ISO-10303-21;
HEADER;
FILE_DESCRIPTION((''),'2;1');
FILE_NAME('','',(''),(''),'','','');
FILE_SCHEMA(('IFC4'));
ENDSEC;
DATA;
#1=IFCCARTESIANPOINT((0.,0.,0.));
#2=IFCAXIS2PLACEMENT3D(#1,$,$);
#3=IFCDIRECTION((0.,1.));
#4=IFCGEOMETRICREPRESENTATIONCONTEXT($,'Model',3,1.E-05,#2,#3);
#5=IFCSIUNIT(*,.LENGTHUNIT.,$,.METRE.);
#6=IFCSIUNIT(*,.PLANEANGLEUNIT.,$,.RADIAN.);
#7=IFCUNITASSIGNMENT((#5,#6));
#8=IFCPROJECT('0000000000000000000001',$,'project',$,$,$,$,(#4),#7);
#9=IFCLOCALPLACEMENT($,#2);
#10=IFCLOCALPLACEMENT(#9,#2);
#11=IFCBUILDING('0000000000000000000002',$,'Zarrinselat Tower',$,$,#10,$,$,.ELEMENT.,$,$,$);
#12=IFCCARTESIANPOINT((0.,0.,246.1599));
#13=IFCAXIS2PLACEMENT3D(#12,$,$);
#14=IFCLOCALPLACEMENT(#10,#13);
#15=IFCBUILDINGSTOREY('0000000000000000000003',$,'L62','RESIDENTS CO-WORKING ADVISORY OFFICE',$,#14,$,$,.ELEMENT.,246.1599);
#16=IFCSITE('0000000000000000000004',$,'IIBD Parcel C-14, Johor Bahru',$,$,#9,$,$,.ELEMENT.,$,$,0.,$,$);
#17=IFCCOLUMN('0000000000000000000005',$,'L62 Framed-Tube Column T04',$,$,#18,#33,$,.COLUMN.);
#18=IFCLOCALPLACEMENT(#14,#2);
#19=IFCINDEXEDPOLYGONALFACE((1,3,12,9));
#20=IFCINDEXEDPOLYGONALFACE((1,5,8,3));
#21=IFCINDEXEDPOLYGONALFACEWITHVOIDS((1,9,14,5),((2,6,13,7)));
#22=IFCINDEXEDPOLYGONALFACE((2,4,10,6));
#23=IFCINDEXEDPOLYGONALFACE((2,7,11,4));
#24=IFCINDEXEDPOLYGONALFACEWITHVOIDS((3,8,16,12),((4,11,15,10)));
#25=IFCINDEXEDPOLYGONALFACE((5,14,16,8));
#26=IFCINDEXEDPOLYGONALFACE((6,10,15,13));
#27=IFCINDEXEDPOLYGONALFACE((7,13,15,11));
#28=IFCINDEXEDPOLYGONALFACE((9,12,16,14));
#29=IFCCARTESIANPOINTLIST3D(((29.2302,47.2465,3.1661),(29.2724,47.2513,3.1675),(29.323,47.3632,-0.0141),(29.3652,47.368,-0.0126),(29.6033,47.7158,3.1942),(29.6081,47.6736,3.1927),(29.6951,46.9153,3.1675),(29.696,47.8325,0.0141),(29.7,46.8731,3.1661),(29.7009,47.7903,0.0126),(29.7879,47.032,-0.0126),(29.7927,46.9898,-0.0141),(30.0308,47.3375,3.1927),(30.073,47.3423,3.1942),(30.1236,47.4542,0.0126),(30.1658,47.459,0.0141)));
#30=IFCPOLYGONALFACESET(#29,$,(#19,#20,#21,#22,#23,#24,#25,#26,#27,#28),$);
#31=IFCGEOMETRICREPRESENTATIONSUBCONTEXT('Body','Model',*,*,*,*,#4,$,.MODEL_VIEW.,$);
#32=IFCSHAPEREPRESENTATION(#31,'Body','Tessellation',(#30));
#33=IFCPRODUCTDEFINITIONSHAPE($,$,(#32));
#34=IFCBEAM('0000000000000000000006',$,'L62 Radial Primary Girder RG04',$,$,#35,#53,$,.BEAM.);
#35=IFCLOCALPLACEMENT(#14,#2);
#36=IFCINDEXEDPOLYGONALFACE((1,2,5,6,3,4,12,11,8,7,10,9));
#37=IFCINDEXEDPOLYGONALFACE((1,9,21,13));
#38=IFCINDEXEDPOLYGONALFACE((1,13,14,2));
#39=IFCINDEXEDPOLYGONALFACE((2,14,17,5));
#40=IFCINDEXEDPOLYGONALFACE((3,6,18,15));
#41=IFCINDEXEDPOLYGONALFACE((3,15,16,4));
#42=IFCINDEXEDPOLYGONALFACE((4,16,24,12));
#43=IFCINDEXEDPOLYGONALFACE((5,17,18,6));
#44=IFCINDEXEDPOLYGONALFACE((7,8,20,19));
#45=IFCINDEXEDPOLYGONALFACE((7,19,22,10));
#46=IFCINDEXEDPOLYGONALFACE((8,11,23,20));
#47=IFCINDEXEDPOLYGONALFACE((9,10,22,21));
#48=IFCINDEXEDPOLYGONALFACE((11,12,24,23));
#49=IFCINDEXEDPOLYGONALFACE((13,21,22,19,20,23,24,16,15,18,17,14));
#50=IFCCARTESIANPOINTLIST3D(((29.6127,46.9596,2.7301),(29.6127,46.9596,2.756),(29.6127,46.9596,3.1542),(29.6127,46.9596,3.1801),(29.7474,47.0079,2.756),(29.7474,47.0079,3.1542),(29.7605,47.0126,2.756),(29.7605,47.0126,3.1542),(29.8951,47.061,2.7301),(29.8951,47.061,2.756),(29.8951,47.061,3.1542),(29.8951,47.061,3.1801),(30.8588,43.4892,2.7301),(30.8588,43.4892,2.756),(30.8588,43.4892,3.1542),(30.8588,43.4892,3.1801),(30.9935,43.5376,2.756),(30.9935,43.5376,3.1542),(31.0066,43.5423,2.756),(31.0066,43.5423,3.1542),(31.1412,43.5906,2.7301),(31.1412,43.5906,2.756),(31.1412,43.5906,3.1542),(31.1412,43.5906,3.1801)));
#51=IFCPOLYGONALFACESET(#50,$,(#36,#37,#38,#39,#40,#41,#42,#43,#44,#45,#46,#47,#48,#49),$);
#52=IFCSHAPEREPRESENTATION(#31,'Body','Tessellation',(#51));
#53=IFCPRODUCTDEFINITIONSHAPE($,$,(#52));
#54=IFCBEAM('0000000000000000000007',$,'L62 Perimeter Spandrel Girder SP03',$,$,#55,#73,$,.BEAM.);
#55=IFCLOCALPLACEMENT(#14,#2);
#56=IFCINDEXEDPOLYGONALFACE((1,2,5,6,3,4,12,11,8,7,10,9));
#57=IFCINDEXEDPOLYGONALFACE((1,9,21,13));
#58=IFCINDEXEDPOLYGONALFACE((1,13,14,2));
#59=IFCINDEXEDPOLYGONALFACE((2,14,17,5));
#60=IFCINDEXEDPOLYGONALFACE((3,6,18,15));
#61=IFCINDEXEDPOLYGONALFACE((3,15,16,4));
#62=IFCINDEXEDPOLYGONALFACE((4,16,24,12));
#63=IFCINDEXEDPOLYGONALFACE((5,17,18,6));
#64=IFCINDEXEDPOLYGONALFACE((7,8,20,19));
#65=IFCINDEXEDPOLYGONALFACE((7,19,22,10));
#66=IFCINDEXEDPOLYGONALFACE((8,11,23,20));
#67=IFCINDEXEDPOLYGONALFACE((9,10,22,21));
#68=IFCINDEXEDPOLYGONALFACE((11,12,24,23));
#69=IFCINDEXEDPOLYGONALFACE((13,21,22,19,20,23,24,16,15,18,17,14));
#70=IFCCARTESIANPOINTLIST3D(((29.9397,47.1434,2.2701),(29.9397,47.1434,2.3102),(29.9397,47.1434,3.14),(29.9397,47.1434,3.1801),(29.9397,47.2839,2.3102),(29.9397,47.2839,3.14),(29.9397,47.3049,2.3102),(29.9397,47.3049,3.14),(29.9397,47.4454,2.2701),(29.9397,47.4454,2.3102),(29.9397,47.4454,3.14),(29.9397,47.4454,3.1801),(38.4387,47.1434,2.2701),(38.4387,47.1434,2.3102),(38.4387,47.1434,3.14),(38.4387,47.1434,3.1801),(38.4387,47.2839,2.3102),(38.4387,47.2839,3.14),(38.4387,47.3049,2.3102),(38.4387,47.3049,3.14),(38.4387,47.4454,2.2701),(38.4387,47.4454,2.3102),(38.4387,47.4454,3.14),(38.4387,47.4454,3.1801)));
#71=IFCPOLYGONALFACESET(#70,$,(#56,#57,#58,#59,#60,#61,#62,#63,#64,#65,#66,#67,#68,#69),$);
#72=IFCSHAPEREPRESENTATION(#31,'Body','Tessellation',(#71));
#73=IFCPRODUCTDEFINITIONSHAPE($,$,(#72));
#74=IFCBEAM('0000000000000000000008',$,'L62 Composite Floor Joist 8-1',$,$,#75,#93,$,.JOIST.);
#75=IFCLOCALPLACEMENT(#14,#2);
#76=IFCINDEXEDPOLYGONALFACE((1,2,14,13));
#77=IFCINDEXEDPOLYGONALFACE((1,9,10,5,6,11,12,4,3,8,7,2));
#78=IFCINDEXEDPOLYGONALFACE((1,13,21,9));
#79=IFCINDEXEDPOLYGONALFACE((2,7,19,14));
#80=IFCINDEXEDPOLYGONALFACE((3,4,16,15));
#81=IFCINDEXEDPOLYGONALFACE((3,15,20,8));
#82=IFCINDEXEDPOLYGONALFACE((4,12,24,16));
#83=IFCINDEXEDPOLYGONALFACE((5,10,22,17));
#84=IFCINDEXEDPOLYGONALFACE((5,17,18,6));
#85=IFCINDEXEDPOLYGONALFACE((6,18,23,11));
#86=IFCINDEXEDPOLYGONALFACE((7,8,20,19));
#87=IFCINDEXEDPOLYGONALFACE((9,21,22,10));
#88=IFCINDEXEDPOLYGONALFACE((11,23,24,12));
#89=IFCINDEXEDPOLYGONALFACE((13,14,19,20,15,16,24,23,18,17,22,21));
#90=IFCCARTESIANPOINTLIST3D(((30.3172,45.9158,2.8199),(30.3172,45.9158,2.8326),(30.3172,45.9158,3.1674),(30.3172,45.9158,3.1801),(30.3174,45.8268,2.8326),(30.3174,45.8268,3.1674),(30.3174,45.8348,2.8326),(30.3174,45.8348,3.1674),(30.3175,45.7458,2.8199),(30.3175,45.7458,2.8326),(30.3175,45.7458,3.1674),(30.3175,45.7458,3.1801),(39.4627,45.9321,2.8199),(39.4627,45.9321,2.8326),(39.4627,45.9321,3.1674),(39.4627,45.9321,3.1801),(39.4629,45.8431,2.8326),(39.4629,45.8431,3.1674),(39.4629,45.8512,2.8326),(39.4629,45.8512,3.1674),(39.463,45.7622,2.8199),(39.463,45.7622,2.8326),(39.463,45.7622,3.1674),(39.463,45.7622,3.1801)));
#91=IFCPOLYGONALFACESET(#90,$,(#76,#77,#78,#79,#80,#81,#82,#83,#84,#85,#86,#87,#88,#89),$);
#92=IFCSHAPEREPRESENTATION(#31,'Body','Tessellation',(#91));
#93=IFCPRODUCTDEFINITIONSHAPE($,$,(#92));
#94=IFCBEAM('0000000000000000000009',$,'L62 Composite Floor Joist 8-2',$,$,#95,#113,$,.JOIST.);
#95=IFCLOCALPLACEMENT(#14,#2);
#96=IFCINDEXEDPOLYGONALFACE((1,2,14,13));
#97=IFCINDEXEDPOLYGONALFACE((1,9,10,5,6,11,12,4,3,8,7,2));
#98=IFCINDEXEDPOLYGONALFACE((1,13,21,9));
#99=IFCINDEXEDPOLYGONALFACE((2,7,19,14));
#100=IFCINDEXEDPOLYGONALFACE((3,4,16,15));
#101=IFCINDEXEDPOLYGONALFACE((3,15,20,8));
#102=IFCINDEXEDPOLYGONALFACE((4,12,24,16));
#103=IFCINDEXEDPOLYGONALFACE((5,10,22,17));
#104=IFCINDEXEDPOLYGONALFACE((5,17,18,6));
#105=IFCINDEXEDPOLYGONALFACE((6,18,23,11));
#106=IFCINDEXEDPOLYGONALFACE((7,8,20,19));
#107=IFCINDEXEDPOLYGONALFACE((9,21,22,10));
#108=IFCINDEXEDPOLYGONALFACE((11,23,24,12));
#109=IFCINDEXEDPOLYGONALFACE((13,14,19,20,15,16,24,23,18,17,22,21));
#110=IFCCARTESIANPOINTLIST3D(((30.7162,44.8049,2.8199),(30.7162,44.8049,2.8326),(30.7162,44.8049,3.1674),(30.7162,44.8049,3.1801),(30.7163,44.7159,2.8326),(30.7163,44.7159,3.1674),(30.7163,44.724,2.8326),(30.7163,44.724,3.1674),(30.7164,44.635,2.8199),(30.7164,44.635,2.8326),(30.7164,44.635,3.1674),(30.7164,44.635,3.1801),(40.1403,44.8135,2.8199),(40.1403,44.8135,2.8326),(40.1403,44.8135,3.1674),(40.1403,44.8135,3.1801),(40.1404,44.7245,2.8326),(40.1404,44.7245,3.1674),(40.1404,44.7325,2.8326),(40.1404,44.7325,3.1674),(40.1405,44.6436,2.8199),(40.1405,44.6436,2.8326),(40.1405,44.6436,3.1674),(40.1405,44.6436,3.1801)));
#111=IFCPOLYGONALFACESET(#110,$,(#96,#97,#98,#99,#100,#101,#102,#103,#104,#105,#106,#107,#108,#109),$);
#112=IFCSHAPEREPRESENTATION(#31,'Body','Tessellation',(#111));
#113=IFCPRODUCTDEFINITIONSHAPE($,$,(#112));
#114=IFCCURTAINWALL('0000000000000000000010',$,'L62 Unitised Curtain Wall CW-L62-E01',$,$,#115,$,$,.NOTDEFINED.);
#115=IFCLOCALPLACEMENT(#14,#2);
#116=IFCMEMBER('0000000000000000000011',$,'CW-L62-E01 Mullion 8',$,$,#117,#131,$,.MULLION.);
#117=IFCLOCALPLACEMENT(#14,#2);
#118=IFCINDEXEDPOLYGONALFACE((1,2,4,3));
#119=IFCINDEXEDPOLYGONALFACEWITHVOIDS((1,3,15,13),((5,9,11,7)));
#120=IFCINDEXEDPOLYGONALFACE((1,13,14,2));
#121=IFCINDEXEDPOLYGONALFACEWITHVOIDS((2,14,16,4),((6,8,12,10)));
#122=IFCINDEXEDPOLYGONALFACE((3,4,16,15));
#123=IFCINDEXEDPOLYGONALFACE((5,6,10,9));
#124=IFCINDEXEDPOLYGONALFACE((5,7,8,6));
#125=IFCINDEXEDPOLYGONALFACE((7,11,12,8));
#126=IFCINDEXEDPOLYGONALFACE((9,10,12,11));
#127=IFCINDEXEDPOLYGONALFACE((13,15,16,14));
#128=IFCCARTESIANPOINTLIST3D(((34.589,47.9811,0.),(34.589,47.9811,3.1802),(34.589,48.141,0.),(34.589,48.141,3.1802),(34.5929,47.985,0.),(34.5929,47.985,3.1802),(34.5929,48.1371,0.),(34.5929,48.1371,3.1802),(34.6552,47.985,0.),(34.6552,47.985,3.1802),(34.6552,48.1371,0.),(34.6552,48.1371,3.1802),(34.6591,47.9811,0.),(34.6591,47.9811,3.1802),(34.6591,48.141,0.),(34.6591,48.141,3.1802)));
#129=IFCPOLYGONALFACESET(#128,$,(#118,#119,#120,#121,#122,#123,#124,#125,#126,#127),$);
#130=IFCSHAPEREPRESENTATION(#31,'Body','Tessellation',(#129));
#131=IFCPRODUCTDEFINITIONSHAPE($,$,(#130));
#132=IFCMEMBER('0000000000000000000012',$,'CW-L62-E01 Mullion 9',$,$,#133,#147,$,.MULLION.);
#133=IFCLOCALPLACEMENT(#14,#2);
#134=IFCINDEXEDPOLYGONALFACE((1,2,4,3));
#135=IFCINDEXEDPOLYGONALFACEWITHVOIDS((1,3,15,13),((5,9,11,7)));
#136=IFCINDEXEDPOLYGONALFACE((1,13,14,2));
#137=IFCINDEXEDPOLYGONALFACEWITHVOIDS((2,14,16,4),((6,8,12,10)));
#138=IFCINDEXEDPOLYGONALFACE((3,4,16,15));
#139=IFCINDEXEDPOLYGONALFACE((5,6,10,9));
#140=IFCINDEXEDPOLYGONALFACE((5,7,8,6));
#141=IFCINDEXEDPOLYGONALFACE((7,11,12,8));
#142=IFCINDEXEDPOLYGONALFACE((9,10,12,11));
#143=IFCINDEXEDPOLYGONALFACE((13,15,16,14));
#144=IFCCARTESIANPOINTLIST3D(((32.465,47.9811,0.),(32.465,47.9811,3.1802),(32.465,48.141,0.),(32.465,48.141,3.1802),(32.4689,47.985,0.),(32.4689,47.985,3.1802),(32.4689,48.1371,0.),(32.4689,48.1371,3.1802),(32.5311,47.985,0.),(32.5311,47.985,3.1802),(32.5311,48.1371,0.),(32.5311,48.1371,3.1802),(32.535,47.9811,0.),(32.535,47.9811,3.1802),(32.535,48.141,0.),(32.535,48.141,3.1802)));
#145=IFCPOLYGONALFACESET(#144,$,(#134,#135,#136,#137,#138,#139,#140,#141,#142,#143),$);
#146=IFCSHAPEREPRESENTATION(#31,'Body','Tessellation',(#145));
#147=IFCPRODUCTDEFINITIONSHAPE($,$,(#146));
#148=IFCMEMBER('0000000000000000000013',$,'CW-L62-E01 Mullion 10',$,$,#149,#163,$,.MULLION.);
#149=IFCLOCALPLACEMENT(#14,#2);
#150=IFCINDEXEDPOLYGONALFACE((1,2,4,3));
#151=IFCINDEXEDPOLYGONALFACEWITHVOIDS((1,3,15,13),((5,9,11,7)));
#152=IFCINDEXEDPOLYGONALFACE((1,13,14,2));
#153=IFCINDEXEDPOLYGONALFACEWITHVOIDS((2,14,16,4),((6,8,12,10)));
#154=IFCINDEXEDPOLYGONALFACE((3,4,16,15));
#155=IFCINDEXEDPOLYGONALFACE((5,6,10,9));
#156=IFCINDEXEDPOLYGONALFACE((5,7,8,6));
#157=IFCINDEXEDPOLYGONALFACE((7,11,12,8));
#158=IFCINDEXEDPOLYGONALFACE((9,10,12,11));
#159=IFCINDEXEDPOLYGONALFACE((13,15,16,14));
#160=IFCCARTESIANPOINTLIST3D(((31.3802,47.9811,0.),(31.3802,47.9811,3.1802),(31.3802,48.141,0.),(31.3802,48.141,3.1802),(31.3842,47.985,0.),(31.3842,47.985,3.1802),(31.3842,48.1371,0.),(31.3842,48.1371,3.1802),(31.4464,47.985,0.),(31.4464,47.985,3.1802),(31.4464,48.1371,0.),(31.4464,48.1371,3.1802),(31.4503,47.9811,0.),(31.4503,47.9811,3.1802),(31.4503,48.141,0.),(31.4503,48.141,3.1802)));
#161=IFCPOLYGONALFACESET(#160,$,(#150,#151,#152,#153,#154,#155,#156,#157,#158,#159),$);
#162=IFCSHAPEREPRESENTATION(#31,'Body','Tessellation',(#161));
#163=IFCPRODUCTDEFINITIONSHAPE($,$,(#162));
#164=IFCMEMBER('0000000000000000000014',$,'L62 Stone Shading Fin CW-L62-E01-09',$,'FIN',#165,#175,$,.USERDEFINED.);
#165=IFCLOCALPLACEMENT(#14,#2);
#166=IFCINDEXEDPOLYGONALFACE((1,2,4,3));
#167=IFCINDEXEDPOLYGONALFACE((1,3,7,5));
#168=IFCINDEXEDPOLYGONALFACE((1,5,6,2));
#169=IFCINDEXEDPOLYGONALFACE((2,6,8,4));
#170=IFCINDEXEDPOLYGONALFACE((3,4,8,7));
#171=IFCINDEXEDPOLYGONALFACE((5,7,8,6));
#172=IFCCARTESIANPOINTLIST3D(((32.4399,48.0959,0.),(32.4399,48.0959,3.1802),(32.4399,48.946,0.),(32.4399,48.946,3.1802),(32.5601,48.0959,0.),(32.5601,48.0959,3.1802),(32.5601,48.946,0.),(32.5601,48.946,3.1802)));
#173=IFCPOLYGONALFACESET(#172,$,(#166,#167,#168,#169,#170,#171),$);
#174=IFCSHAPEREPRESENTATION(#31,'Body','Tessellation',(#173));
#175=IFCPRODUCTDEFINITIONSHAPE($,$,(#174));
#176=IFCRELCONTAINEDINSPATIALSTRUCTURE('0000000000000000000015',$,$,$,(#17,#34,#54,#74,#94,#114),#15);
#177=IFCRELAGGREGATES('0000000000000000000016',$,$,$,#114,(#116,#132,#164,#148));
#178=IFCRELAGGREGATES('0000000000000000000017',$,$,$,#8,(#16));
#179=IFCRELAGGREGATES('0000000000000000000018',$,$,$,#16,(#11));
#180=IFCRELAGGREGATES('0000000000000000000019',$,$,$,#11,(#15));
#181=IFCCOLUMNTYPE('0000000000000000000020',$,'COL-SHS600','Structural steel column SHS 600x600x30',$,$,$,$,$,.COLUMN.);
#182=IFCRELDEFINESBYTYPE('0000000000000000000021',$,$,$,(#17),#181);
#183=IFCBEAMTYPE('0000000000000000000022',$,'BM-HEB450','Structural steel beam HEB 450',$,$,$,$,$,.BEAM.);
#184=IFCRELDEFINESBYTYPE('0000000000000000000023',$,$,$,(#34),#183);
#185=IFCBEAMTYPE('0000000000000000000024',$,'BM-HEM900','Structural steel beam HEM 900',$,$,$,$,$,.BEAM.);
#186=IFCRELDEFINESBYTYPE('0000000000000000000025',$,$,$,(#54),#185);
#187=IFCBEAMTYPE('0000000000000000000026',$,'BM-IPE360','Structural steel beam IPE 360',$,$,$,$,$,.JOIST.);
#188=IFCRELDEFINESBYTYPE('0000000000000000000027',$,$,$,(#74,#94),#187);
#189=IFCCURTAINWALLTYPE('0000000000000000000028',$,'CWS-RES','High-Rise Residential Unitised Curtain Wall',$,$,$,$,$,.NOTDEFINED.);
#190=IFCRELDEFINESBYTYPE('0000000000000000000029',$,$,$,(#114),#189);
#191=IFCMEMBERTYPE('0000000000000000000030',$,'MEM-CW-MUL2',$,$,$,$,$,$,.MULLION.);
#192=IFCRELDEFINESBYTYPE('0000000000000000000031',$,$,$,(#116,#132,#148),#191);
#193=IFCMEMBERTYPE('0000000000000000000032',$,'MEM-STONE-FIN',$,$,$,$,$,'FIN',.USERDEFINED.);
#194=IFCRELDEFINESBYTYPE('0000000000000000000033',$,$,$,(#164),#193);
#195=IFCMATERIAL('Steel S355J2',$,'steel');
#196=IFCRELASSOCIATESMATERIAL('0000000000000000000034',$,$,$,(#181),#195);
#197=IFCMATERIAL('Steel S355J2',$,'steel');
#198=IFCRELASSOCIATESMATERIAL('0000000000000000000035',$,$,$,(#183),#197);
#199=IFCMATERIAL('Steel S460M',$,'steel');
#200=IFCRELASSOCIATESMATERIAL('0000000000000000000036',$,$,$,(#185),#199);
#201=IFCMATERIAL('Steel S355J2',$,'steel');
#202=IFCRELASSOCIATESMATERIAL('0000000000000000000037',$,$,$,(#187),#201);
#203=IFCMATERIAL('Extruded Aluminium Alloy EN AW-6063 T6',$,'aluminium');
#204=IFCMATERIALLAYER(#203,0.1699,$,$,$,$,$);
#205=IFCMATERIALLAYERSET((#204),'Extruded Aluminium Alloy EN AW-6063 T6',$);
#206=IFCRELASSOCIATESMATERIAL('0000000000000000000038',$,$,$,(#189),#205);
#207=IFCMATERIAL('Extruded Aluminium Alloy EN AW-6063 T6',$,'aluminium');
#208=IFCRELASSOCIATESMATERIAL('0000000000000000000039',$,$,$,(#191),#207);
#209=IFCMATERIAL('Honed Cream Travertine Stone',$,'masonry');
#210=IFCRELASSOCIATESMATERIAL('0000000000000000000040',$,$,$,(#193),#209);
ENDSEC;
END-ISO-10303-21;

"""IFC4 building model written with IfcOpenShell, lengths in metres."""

from ifc_helpers import new_model, si_unit, direction, frame, origin, origin_2d, place, context, subcontext, project, spatial, rectangle, hollow_rectangle, i_section, extrude, material, layer, layer_set, material_profile, profile_set, type_object, element, aggregate, save


model = new_model("IFC4")

# Units and contexts
model_context = context("Model", 3, precision=1e-05, world=origin(), true_north=direction((0.0, 1.0)))
body_context = subcontext(model_context, "Body", "Model", "MODEL_VIEW")
ifc_project = project(units=[si_unit("LENGTHUNIT", "METRE"), si_unit("PLANEANGLEUNIT", "RADIAN")], contexts=[model_context])

# Site, building, storey
site_placement = place(None, origin())
site = spatial("IfcSite", under=ifc_project, at=site_placement, Name="IIBD Parcel C-14, Johor Bahru", CompositionType="ELEMENT", RefElevation=0.0)
building_placement = place(site_placement, origin())
building = spatial("IfcBuilding", under=site, at=building_placement, Name="Zarrinselat Tower", CompositionType="ELEMENT")
storey_placement = place(building_placement, frame((0.0, 0.0, 246.1599)))
storey = spatial("IfcBuildingStorey", under=building, at=storey_placement, Name="L62", Description="RESIDENTS CO-WORKING ADVISORY OFFICE", CompositionType="ELEMENT", Elevation=246.1599)

# Column
ifc_material_1 = material(Name="Steel S355J2", Category="steel")
ifc_material_profile_1 = material_profile(ifc_material_1, hollow_rectangle(XDim=0.6001, YDim=0.6001, WallThickness=0.03, at=origin_2d()), Name="SHS 600x600x30")
ifc_profile_set_1 = profile_set([ifc_material_profile_1], Name="Steel S355J2")
column_type = type_object("IfcColumnType", Name="COL-SHS600", Description="Structural steel column SHS 600x600x30", PredefinedType="COLUMN", material=ifc_profile_set_1)
column_placement = place(storey_placement, frame((29.7444, 47.4111, 0.0), z_axis=(-0.02914, -0.036656, 0.998903), x_axis=(0.782782, -0.622296, 0.0)))
element("IfcColumn", 1, at=column_placement, inside=storey, type_object=column_type, Name="L62 Framed-Tube Column T04", PredefinedType="COLUMN", context=body_context, shape_type="SweptSolid", body=[
    extrude(hollow_rectangle(XDim=0.6001, YDim=0.6001, WallThickness=0.03, at=origin_2d()), origin(), (0.0, 0.0, 1.0), 3.1836),
])

# Beams
ifc_material_2 = material(Name="Steel S355J2", Category="steel")
ifc_material_profile_2 = material_profile(ifc_material_2, i_section(OverallWidth=0.3, OverallDepth=0.45, WebThickness=0.0139, FlangeThickness=0.0259, at=origin_2d()), Name="HEB 450")
ifc_profile_set_2 = profile_set([ifc_material_profile_2], Name="Steel S355J2")
beam_type_1 = type_object("IfcBeamType", Name="BM-HEB450", Description="Structural steel beam HEB 450", PredefinedType="BEAM", material=ifc_profile_set_2)
beam_1_placement = place(storey_placement, frame((29.7539, 47.0103, 2.9551), z_axis=(0.337955, -0.941162, 0.0), x_axis=(0.941162, 0.337955, 0.0)))
element("IfcBeam", 2, at=beam_1_placement, inside=storey, type_object=beam_type_1, Name="L62 Radial Primary Girder RG04", PredefinedType="BEAM", context=body_context, shape_type="SweptSolid", body=[
    extrude(i_section(OverallWidth=0.3, OverallDepth=0.45, WebThickness=0.0139, FlangeThickness=0.0259, at=origin_2d()), origin(), (0.0, 0.0, 1.0), 3.6873),
])
ifc_material_3 = material(Name="Steel S460M", Category="steel")
ifc_material_profile_3 = material_profile(ifc_material_3, i_section(OverallWidth=0.302, OverallDepth=0.9099, WebThickness=0.021, FlangeThickness=0.04, at=origin_2d()), Name="HEM 900")
ifc_profile_set_3 = profile_set([ifc_material_profile_3], Name="Steel S460M")
beam_type_2 = type_object("IfcBeamType", Name="BM-HEM900", Description="Structural steel beam HEM 900", PredefinedType="BEAM", material=ifc_profile_set_3)
beam_2_placement = place(storey_placement, frame((29.9397, 47.2944, 2.7251), z_axis=(1.0, 0.0, 0.0), x_axis=(0.0, 1.0, 0.0)))
element("IfcBeam", 3, at=beam_2_placement, inside=storey, type_object=beam_type_2, Name="L62 Perimeter Spandrel Girder SP03", PredefinedType="BEAM", context=body_context, shape_type="SweptSolid", body=[
    extrude(i_section(OverallWidth=0.302, OverallDepth=0.9099, WebThickness=0.021, FlangeThickness=0.04, at=origin_2d()), origin(), (0.0, 0.0, 1.0), 8.499),
])
ifc_material_4 = material(Name="Steel S355J2", Category="steel")
ifc_material_profile_4 = material_profile(ifc_material_4, i_section(OverallWidth=0.1699, OverallDepth=0.3601, WebThickness=0.0081, FlangeThickness=0.0127, at=origin_2d()), Name="IPE 360")
ifc_profile_set_4 = profile_set([ifc_material_profile_4], Name="Steel S355J2")
beam_type_3 = type_object("IfcBeamType", Name="BM-IPE360", Description="Structural steel beam IPE 360", PredefinedType="JOIST", material=ifc_profile_set_4)
beam_3_placement = place(storey_placement, frame((30.3174, 45.8308, 3.0), z_axis=(0.999998, 0.001789, 0.0), x_axis=(-0.001789, 0.999998, 0.0)))
element("IfcBeam", 4, at=beam_3_placement, inside=storey, type_object=beam_type_3, Name="L62 Composite Floor Joist 8-1", PredefinedType="JOIST", context=body_context, shape_type="SweptSolid", body=[
    extrude(i_section(OverallWidth=0.1699, OverallDepth=0.3601, WebThickness=0.0081, FlangeThickness=0.0127, at=origin_2d()), origin(), (0.0, 0.0, 1.0), 9.1455),
])
beam_4_placement = place(storey_placement, frame((30.7163, 44.72, 3.0), z_axis=(1.0, 0.000907, 0.0), x_axis=(-0.000907, 1.0, 0.0)))
element("IfcBeam", 5, at=beam_4_placement, inside=storey, type_object=beam_type_3, Name="L62 Composite Floor Joist 8-2", PredefinedType="JOIST", context=body_context, shape_type="SweptSolid", body=[
    extrude(i_section(OverallWidth=0.1699, OverallDepth=0.3601, WebThickness=0.0081, FlangeThickness=0.0127, at=origin_2d()), origin(), (0.0, 0.0, 1.0), 9.4241),
])

# Curtain wall, members
ifc_material_5 = material(Name="Extruded Aluminium Alloy EN AW-6063 T6", Category="aluminium")
ifc_layer_1 = layer(ifc_material_5, 0.1699)
ifc_layer_set_1 = layer_set([ifc_layer_1], Name="Extruded Aluminium Alloy EN AW-6063 T6")
curtain_wall_type = type_object("IfcCurtainWallType", Name="CWS-RES", Description="High-Rise Residential Unitised Curtain Wall", PredefinedType="NOTDEFINED", material=ifc_layer_set_1)
curtain_wall_placement = place(storey_placement, origin())
curtain_wall = element("IfcCurtainWall", 6, at=curtain_wall_placement, inside=storey, type_object=curtain_wall_type, Name="L62 Unitised Curtain Wall CW-L62-E01", PredefinedType="NOTDEFINED")
ifc_material_6 = material(Name="Extruded Aluminium Alloy EN AW-6063 T6", Category="aluminium")
ifc_material_profile_5 = material_profile(ifc_material_6, hollow_rectangle(XDim=0.0701, YDim=0.1599, WallThickness=0.0039, at=origin_2d()), Name="RHS 160x70x4")
ifc_profile_set_5 = profile_set([ifc_material_profile_5], Name="Extruded Aluminium Alloy EN AW-6063 T6")
member_type_1 = type_object("IfcMemberType", Name="MEM-CW-MUL2", PredefinedType="MULLION", material=ifc_profile_set_5)
member_1_placement = place(storey_placement, frame((34.624, 48.061, 0.0), z_axis=(0.0, 0.0, 1.0), x_axis=(-1.0, 0.0, 0.0)))
member_1 = element("IfcMember", 7, at=member_1_placement, type_object=member_type_1, Name="CW-L62-E01 Mullion 8", PredefinedType="MULLION", context=body_context, shape_type="SweptSolid", body=[
    extrude(hollow_rectangle(XDim=0.0701, YDim=0.1599, WallThickness=0.0039, at=origin_2d()), origin(), (0.0, 0.0, 1.0), 3.1802),
])
member_2_placement = place(storey_placement, frame((32.5, 48.061, 0.0), z_axis=(0.0, 0.0, 1.0), x_axis=(-1.0, 0.0, 0.0)))
member_2 = element("IfcMember", 8, at=member_2_placement, type_object=member_type_1, Name="CW-L62-E01 Mullion 9", PredefinedType="MULLION", context=body_context, shape_type="SweptSolid", body=[
    extrude(hollow_rectangle(XDim=0.0701, YDim=0.1599, WallThickness=0.0039, at=origin_2d()), origin(), (0.0, 0.0, 1.0), 3.1802),
])
member_3_placement = place(storey_placement, frame((31.4153, 48.061, 0.0), z_axis=(0.0, 0.0, 1.0), x_axis=(-1.0, 0.0, 0.0)))
member_3 = element("IfcMember", 9, at=member_3_placement, type_object=member_type_1, Name="CW-L62-E01 Mullion 10", PredefinedType="MULLION", context=body_context, shape_type="SweptSolid", body=[
    extrude(hollow_rectangle(XDim=0.0701, YDim=0.1599, WallThickness=0.0039, at=origin_2d()), origin(), (0.0, 0.0, 1.0), 3.1802),
])
ifc_material_7 = material(Name="Honed Cream Travertine Stone", Category="masonry")
ifc_material_profile_6 = material_profile(ifc_material_7, rectangle(XDim=0.1201, YDim=0.8501, at=origin_2d()), Name="FIN 850x120")
ifc_profile_set_6 = profile_set([ifc_material_profile_6], Name="Honed Cream Travertine Stone")
member_type_2 = type_object("IfcMemberType", Name="MEM-STONE-FIN", ElementType="FIN", PredefinedType="USERDEFINED", material=ifc_profile_set_6)
member_4_placement = place(storey_placement, frame((32.5, 48.521, 0.0), z_axis=(0.0, 0.0, 1.0), x_axis=(1.0, 0.0, 0.0)))
member_4 = element("IfcMember", 10, at=member_4_placement, type_object=member_type_2, Name="L62 Stone Shading Fin CW-L62-E01-09", ObjectType="FIN", PredefinedType="USERDEFINED", context=body_context, shape_type="SweptSolid", body=[
    extrude(rectangle(XDim=0.1201, YDim=0.8501, at=origin_2d()), origin(), (0.0, 0.0, 1.0), 3.1802),
])
aggregate(curtain_wall, [member_1, member_2, member_4, member_3])

save(model, "model.ifc")
